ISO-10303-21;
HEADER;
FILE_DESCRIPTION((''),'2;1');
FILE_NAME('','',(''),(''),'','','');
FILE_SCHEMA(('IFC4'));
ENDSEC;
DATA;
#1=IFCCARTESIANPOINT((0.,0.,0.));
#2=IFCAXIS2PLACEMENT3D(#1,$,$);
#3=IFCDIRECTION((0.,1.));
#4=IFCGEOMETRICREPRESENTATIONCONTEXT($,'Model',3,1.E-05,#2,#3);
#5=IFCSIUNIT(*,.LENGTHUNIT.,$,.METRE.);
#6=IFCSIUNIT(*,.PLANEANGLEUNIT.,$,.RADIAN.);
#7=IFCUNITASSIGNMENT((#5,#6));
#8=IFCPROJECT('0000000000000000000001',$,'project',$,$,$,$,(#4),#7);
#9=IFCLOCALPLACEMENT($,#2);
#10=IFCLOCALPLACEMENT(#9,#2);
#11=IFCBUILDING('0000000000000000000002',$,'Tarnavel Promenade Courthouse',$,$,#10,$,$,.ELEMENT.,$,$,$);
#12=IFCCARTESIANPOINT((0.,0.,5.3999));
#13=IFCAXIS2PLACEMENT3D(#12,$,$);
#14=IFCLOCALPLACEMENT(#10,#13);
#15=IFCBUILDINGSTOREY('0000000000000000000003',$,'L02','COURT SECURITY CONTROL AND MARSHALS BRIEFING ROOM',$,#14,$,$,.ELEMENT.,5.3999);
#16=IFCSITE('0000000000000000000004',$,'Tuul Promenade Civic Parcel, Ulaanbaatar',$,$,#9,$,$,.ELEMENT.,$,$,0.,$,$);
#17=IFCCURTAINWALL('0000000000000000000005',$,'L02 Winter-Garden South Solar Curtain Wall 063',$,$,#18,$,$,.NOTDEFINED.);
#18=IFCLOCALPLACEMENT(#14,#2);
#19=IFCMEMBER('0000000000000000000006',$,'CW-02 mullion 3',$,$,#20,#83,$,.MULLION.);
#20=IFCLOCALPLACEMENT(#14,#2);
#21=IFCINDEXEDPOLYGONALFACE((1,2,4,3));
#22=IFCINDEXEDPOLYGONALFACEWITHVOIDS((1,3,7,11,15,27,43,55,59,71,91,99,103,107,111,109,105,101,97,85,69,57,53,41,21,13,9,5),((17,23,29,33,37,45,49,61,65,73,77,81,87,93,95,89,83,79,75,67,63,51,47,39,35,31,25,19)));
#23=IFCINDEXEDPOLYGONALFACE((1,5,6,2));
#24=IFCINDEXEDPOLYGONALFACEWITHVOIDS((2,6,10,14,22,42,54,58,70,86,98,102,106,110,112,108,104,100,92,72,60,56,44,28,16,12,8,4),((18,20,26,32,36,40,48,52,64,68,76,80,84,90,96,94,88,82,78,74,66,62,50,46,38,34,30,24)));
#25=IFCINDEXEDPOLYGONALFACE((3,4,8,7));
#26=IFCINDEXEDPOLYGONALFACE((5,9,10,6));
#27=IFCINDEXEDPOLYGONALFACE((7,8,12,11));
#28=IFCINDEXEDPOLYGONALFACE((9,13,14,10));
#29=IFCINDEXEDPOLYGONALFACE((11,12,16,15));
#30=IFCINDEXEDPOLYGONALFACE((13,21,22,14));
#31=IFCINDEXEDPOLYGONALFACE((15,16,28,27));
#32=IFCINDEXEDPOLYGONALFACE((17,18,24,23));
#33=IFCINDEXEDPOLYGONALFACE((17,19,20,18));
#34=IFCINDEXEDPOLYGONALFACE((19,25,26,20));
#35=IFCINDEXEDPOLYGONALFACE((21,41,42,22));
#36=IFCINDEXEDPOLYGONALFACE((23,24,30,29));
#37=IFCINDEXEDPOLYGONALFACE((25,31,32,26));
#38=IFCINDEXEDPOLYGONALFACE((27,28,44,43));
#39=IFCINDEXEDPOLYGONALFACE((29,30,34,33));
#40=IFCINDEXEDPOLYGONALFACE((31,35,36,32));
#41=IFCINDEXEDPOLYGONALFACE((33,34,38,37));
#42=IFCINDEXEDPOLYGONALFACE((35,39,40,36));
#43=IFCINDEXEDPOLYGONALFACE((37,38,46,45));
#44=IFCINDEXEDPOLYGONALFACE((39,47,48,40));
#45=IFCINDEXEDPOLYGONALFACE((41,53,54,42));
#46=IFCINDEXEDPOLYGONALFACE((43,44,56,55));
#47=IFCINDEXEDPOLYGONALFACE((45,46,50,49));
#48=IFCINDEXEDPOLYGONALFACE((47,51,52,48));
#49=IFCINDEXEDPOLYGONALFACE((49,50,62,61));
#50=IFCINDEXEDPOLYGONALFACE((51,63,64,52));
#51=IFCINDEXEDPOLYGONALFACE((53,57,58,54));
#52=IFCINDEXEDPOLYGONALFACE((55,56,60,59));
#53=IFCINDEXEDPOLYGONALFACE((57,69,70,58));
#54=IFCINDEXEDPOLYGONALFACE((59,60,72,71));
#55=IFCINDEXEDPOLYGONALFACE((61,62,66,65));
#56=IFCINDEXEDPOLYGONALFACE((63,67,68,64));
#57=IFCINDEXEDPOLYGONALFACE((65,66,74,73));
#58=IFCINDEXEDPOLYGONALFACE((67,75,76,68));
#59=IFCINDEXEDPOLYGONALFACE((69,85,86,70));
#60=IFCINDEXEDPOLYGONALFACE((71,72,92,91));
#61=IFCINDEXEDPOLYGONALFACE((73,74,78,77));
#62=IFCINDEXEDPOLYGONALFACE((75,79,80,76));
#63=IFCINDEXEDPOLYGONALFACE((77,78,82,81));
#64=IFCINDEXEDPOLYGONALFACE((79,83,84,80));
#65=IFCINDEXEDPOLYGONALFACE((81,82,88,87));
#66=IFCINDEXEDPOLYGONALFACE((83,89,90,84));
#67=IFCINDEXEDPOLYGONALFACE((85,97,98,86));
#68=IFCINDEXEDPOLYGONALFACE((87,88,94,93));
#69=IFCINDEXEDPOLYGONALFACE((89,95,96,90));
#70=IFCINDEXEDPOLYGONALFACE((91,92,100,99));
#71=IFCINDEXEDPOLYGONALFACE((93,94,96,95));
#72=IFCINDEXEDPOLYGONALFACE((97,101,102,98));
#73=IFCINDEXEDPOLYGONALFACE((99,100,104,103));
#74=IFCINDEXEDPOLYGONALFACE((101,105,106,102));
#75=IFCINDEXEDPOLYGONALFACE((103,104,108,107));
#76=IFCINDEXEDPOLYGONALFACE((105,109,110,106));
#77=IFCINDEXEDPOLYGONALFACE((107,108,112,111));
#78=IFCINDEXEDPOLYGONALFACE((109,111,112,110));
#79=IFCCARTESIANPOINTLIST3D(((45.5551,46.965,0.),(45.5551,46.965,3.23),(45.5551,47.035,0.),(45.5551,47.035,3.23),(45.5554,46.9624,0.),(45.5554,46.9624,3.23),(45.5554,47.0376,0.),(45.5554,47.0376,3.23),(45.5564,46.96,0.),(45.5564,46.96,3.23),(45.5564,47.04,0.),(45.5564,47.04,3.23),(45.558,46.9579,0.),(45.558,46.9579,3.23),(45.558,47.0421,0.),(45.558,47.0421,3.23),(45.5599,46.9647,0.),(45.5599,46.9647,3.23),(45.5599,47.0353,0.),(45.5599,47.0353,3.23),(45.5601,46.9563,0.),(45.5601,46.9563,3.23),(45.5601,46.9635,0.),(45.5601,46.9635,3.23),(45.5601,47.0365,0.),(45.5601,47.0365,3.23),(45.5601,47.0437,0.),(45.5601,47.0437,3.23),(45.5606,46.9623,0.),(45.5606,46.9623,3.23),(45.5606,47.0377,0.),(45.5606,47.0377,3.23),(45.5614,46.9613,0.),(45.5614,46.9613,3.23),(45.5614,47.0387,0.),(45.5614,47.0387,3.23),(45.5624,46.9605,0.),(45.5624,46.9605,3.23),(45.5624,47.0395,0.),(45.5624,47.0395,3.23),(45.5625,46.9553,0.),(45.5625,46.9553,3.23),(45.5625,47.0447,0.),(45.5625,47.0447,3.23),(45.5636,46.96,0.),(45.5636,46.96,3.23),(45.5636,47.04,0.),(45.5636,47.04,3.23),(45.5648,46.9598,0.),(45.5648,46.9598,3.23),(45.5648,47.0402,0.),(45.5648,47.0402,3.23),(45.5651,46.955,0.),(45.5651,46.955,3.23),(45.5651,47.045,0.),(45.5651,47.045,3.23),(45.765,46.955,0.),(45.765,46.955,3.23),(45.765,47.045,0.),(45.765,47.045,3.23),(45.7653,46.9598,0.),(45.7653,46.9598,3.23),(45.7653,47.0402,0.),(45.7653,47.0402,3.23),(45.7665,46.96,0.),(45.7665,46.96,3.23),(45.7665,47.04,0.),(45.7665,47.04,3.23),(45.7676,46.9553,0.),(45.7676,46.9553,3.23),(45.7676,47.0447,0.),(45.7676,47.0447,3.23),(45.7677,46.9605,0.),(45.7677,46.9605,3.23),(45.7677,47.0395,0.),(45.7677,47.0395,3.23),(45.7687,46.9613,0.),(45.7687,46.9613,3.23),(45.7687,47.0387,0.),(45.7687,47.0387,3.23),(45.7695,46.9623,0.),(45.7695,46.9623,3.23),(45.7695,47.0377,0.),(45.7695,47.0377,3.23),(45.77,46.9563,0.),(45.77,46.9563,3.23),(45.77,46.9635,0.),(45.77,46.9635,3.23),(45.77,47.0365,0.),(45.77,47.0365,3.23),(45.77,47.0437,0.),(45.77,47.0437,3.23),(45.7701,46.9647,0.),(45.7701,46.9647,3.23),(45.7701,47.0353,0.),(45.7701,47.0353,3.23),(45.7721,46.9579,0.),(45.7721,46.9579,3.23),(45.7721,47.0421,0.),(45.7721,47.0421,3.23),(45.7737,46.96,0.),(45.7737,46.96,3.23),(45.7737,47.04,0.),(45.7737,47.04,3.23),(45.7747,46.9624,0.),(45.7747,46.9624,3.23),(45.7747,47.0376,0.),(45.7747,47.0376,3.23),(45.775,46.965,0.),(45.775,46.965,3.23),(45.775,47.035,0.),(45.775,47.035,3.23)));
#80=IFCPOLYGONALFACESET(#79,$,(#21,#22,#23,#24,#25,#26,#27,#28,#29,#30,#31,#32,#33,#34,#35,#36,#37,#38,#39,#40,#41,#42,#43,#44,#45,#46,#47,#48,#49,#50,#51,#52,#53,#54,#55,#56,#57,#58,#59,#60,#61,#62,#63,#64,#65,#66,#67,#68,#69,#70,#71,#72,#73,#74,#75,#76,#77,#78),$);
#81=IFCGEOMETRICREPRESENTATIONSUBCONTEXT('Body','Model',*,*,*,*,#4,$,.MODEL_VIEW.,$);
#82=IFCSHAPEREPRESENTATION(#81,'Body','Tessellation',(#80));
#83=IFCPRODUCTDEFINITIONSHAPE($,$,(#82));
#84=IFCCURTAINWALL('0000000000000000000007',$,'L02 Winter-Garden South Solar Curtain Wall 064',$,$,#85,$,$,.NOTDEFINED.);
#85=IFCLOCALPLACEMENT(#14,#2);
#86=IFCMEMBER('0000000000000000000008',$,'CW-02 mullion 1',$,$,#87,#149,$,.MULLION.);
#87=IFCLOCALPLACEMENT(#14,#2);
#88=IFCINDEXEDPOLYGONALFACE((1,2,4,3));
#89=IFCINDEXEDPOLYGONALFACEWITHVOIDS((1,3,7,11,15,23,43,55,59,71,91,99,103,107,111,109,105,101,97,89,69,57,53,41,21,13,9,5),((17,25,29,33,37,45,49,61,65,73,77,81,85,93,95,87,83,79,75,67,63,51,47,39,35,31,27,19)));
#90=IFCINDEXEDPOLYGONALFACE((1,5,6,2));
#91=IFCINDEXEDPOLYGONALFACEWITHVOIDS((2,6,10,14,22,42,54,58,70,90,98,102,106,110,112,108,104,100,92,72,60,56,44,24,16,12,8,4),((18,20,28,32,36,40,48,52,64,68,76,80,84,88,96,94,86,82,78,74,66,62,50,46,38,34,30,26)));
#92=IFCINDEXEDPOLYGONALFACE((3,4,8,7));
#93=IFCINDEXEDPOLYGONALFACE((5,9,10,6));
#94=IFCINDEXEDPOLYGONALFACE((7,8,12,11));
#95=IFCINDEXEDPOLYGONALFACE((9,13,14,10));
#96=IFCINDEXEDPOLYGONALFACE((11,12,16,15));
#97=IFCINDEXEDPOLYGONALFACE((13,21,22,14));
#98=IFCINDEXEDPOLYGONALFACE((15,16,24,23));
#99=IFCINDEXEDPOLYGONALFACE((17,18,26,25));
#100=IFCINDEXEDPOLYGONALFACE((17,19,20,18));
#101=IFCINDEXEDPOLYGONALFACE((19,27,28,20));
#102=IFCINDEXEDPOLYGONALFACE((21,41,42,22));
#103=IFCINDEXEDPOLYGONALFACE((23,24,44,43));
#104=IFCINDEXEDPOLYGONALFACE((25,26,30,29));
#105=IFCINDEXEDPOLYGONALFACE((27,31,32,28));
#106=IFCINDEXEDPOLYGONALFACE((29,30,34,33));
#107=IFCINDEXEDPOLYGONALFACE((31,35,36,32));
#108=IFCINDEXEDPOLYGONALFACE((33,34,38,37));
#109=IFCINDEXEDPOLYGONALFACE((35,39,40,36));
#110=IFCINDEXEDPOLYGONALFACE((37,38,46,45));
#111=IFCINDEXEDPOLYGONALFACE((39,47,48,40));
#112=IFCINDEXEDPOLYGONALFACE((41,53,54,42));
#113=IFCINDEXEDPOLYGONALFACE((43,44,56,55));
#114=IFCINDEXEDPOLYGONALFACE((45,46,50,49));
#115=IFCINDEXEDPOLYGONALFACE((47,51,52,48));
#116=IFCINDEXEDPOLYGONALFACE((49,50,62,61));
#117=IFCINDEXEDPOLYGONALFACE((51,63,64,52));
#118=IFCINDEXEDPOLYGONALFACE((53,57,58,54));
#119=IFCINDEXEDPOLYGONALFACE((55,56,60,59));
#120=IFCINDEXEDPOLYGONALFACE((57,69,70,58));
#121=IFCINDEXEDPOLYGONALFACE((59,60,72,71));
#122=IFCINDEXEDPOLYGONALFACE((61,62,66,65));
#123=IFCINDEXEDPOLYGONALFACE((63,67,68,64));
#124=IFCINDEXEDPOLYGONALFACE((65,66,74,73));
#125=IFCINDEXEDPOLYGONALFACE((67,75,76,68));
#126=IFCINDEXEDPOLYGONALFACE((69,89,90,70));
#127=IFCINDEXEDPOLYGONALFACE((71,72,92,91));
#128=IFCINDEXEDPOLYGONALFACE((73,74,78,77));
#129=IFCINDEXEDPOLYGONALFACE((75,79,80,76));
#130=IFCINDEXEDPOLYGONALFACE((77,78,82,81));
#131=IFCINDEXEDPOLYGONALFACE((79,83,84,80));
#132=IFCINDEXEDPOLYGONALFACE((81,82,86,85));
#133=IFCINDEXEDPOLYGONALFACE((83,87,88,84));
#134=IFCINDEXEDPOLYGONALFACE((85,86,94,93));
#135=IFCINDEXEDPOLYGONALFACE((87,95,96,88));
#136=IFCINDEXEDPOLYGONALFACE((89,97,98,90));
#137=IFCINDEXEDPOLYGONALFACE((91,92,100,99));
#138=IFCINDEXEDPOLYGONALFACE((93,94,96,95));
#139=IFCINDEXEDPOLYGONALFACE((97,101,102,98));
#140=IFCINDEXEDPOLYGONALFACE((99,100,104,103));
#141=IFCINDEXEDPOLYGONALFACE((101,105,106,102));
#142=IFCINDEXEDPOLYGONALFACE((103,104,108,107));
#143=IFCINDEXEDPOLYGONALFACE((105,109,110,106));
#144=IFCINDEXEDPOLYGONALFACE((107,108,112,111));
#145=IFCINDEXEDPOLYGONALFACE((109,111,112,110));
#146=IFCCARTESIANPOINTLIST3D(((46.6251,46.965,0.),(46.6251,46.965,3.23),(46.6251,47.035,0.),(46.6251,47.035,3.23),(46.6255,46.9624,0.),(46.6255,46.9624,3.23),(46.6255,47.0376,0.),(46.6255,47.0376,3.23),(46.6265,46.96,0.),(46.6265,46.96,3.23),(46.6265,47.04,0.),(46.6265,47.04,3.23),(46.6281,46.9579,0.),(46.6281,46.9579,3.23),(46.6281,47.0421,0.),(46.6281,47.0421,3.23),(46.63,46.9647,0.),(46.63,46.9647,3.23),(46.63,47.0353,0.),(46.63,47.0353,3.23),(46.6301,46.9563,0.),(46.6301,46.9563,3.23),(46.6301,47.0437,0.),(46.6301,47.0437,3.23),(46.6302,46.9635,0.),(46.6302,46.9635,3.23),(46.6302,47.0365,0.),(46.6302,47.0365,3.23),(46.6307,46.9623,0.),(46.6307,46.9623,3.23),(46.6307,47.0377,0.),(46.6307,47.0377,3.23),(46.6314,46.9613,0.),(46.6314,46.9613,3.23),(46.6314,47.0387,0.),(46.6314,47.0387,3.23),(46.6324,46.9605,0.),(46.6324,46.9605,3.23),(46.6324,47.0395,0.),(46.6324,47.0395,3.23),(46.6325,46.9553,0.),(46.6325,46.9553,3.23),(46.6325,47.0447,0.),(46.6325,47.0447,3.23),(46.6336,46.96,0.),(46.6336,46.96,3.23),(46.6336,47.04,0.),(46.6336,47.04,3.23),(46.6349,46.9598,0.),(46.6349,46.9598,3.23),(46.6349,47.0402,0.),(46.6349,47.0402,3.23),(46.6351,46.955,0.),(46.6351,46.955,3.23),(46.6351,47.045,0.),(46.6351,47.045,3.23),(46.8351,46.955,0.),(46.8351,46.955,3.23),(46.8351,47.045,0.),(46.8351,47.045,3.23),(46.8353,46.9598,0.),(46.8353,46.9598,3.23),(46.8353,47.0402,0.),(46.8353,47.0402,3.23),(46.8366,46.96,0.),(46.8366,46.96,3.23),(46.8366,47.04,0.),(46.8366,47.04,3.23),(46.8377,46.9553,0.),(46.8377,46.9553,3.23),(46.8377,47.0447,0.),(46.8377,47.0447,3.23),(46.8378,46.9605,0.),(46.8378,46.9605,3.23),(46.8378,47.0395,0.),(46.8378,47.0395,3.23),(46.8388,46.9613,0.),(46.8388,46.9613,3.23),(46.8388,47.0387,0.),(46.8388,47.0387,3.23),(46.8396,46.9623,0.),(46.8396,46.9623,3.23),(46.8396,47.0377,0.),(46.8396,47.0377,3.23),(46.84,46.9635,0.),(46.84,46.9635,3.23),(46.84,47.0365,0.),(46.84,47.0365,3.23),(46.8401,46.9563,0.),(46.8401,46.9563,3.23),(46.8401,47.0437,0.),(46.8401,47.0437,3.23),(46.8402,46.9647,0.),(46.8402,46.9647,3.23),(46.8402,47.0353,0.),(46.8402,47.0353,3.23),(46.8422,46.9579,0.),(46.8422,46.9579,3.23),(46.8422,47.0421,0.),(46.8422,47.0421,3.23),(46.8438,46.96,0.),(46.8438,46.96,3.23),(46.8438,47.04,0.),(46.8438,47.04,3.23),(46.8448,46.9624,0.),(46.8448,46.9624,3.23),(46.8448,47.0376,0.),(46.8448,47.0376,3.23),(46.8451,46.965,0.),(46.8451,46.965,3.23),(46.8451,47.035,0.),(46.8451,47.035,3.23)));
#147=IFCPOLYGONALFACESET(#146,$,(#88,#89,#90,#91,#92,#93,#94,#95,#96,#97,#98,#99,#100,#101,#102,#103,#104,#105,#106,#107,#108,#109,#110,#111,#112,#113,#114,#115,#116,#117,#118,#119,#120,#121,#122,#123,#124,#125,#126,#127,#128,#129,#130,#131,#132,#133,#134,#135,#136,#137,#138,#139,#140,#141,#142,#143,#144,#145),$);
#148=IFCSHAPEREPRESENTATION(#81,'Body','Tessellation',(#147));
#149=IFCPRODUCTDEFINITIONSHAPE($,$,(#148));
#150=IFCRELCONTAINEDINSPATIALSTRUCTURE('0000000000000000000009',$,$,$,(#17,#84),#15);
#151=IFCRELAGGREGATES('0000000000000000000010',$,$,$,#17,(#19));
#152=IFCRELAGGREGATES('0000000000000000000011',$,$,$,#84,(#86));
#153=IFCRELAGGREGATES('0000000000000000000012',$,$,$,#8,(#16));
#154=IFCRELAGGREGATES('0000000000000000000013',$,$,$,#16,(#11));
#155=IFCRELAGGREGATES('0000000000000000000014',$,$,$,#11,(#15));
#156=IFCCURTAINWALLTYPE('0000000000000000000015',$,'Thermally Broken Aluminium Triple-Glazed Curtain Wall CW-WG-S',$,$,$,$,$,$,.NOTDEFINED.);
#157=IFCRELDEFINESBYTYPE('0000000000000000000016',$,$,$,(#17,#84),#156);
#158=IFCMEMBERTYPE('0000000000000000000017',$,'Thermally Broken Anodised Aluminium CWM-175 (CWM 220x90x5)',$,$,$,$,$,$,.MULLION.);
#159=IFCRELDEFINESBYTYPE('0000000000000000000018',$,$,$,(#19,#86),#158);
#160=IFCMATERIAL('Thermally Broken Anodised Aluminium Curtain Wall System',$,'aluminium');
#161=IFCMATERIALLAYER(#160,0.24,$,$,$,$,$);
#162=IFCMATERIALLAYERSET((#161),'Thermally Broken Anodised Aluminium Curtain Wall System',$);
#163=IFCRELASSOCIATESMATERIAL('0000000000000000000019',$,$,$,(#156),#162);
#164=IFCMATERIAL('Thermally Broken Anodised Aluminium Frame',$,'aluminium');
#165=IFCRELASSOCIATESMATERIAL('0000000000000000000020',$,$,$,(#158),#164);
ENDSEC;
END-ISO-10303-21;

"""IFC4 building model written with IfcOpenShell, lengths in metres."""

from ifc_helpers import new_model, si_unit, direction, frame, origin, origin_2d, place, context, subcontext, project, spatial, hollow_rectangle, extrude, material, layer, layer_set, material_profile, profile_set, type_object, element, aggregate, save


model = new_model("IFC4")

# Units and contexts
model_context = context("Model", 3, precision=1e-05, world=origin(), true_north=direction((0.0, 1.0)))
body_context = subcontext(model_context, "Body", "Model", "MODEL_VIEW")
ifc_project = project(units=[si_unit("LENGTHUNIT", "METRE"), si_unit("PLANEANGLEUNIT", "RADIAN")], contexts=[model_context])

# Site, building, storey
site_placement = place(None, origin())
site = spatial("IfcSite", under=ifc_project, at=site_placement, Name="Tuul Promenade Civic Parcel, Ulaanbaatar", CompositionType="ELEMENT", RefElevation=0.0)
building_placement = place(site_placement, origin())
building = spatial("IfcBuilding", under=site, at=building_placement, Name="Tarnavel Promenade Courthouse", CompositionType="ELEMENT")
storey_placement = place(building_placement, frame((0.0, 0.0, 5.3999)))
storey = spatial("IfcBuildingStorey", under=building, at=storey_placement, Name="L02", Description="COURT SECURITY CONTROL AND MARSHALS BRIEFING ROOM", CompositionType="ELEMENT", Elevation=5.3999)

# Curtain walls, members
ifc_material_1 = material(Name="Thermally Broken Anodised Aluminium Curtain Wall System", Category="aluminium")
ifc_layer_1 = layer(ifc_material_1, 0.24)
ifc_layer_set_1 = layer_set([ifc_layer_1], Name="Thermally Broken Anodised Aluminium Curtain Wall System")
curtain_wall_type = type_object("IfcCurtainWallType", Name="Thermally Broken Aluminium Triple-Glazed Curtain Wall CW-WG-S", PredefinedType="NOTDEFINED", material=ifc_layer_set_1)
ifc_material_2 = material(Name="Thermally Broken Anodised Aluminium Frame", Category="aluminium")
ifc_material_profile_1 = material_profile(ifc_material_2, hollow_rectangle(XDim=0.0901, YDim=0.22, WallThickness=0.0049, InnerFilletRadius=0.0049, OuterFilletRadius=0.01, at=origin_2d()), Name="CWM 220x90x5")
ifc_profile_set_1 = profile_set([ifc_material_profile_1], Name="Thermally Broken Anodised Aluminium Frame")
member_type_1 = type_object("IfcMemberType", Name="Thermally Broken Anodised Aluminium CWM-175 (CWM 220x90x5)", PredefinedType="MULLION", material=ifc_profile_set_1)
curtain_wall_1_placement = place(storey_placement, origin())
curtain_wall_1 = element("IfcCurtainWall", 1, at=curtain_wall_1_placement, inside=storey, type_object=curtain_wall_type, Name="L02 Winter-Garden South Solar Curtain Wall 063", PredefinedType="NOTDEFINED")
member_1_placement = place(storey_placement, frame((45.665, 47.0, 0.0), z_axis=(0.0, 0.0, 1.0), x_axis=(0.0, 1.0, 0.0)))
member_1 = element("IfcMember", 2, at=member_1_placement, type_object=member_type_1, Name="CW-02 mullion 3", PredefinedType="MULLION", context=body_context, shape_type="SweptSolid", body=[
    extrude(hollow_rectangle(XDim=0.0901, YDim=0.22, WallThickness=0.0049, InnerFilletRadius=0.0049, OuterFilletRadius=0.01, at=origin_2d()), origin(), (0.0, 0.0, 1.0), 3.23),
])
curtain_wall_2_placement = place(storey_placement, origin())
curtain_wall_2 = element("IfcCurtainWall", 3, at=curtain_wall_2_placement, inside=storey, type_object=curtain_wall_type, Name="L02 Winter-Garden South Solar Curtain Wall 064", PredefinedType="NOTDEFINED")
member_2_placement = place(storey_placement, frame((46.7351, 47.0, 0.0), z_axis=(0.0, 0.0, 1.0), x_axis=(0.0, 1.0, 0.0)))
member_2 = element("IfcMember", 4, at=member_2_placement, type_object=member_type_1, Name="CW-02 mullion 1", PredefinedType="MULLION", context=body_context, shape_type="SweptSolid", body=[
    extrude(hollow_rectangle(XDim=0.0901, YDim=0.22, WallThickness=0.0049, InnerFilletRadius=0.0049, OuterFilletRadius=0.01, at=origin_2d()), origin(), (0.0, 0.0, 1.0), 3.23),
])

aggregate(curtain_wall_1, [member_1])
aggregate(curtain_wall_2, [member_2])

save(model, "model.ifc")
